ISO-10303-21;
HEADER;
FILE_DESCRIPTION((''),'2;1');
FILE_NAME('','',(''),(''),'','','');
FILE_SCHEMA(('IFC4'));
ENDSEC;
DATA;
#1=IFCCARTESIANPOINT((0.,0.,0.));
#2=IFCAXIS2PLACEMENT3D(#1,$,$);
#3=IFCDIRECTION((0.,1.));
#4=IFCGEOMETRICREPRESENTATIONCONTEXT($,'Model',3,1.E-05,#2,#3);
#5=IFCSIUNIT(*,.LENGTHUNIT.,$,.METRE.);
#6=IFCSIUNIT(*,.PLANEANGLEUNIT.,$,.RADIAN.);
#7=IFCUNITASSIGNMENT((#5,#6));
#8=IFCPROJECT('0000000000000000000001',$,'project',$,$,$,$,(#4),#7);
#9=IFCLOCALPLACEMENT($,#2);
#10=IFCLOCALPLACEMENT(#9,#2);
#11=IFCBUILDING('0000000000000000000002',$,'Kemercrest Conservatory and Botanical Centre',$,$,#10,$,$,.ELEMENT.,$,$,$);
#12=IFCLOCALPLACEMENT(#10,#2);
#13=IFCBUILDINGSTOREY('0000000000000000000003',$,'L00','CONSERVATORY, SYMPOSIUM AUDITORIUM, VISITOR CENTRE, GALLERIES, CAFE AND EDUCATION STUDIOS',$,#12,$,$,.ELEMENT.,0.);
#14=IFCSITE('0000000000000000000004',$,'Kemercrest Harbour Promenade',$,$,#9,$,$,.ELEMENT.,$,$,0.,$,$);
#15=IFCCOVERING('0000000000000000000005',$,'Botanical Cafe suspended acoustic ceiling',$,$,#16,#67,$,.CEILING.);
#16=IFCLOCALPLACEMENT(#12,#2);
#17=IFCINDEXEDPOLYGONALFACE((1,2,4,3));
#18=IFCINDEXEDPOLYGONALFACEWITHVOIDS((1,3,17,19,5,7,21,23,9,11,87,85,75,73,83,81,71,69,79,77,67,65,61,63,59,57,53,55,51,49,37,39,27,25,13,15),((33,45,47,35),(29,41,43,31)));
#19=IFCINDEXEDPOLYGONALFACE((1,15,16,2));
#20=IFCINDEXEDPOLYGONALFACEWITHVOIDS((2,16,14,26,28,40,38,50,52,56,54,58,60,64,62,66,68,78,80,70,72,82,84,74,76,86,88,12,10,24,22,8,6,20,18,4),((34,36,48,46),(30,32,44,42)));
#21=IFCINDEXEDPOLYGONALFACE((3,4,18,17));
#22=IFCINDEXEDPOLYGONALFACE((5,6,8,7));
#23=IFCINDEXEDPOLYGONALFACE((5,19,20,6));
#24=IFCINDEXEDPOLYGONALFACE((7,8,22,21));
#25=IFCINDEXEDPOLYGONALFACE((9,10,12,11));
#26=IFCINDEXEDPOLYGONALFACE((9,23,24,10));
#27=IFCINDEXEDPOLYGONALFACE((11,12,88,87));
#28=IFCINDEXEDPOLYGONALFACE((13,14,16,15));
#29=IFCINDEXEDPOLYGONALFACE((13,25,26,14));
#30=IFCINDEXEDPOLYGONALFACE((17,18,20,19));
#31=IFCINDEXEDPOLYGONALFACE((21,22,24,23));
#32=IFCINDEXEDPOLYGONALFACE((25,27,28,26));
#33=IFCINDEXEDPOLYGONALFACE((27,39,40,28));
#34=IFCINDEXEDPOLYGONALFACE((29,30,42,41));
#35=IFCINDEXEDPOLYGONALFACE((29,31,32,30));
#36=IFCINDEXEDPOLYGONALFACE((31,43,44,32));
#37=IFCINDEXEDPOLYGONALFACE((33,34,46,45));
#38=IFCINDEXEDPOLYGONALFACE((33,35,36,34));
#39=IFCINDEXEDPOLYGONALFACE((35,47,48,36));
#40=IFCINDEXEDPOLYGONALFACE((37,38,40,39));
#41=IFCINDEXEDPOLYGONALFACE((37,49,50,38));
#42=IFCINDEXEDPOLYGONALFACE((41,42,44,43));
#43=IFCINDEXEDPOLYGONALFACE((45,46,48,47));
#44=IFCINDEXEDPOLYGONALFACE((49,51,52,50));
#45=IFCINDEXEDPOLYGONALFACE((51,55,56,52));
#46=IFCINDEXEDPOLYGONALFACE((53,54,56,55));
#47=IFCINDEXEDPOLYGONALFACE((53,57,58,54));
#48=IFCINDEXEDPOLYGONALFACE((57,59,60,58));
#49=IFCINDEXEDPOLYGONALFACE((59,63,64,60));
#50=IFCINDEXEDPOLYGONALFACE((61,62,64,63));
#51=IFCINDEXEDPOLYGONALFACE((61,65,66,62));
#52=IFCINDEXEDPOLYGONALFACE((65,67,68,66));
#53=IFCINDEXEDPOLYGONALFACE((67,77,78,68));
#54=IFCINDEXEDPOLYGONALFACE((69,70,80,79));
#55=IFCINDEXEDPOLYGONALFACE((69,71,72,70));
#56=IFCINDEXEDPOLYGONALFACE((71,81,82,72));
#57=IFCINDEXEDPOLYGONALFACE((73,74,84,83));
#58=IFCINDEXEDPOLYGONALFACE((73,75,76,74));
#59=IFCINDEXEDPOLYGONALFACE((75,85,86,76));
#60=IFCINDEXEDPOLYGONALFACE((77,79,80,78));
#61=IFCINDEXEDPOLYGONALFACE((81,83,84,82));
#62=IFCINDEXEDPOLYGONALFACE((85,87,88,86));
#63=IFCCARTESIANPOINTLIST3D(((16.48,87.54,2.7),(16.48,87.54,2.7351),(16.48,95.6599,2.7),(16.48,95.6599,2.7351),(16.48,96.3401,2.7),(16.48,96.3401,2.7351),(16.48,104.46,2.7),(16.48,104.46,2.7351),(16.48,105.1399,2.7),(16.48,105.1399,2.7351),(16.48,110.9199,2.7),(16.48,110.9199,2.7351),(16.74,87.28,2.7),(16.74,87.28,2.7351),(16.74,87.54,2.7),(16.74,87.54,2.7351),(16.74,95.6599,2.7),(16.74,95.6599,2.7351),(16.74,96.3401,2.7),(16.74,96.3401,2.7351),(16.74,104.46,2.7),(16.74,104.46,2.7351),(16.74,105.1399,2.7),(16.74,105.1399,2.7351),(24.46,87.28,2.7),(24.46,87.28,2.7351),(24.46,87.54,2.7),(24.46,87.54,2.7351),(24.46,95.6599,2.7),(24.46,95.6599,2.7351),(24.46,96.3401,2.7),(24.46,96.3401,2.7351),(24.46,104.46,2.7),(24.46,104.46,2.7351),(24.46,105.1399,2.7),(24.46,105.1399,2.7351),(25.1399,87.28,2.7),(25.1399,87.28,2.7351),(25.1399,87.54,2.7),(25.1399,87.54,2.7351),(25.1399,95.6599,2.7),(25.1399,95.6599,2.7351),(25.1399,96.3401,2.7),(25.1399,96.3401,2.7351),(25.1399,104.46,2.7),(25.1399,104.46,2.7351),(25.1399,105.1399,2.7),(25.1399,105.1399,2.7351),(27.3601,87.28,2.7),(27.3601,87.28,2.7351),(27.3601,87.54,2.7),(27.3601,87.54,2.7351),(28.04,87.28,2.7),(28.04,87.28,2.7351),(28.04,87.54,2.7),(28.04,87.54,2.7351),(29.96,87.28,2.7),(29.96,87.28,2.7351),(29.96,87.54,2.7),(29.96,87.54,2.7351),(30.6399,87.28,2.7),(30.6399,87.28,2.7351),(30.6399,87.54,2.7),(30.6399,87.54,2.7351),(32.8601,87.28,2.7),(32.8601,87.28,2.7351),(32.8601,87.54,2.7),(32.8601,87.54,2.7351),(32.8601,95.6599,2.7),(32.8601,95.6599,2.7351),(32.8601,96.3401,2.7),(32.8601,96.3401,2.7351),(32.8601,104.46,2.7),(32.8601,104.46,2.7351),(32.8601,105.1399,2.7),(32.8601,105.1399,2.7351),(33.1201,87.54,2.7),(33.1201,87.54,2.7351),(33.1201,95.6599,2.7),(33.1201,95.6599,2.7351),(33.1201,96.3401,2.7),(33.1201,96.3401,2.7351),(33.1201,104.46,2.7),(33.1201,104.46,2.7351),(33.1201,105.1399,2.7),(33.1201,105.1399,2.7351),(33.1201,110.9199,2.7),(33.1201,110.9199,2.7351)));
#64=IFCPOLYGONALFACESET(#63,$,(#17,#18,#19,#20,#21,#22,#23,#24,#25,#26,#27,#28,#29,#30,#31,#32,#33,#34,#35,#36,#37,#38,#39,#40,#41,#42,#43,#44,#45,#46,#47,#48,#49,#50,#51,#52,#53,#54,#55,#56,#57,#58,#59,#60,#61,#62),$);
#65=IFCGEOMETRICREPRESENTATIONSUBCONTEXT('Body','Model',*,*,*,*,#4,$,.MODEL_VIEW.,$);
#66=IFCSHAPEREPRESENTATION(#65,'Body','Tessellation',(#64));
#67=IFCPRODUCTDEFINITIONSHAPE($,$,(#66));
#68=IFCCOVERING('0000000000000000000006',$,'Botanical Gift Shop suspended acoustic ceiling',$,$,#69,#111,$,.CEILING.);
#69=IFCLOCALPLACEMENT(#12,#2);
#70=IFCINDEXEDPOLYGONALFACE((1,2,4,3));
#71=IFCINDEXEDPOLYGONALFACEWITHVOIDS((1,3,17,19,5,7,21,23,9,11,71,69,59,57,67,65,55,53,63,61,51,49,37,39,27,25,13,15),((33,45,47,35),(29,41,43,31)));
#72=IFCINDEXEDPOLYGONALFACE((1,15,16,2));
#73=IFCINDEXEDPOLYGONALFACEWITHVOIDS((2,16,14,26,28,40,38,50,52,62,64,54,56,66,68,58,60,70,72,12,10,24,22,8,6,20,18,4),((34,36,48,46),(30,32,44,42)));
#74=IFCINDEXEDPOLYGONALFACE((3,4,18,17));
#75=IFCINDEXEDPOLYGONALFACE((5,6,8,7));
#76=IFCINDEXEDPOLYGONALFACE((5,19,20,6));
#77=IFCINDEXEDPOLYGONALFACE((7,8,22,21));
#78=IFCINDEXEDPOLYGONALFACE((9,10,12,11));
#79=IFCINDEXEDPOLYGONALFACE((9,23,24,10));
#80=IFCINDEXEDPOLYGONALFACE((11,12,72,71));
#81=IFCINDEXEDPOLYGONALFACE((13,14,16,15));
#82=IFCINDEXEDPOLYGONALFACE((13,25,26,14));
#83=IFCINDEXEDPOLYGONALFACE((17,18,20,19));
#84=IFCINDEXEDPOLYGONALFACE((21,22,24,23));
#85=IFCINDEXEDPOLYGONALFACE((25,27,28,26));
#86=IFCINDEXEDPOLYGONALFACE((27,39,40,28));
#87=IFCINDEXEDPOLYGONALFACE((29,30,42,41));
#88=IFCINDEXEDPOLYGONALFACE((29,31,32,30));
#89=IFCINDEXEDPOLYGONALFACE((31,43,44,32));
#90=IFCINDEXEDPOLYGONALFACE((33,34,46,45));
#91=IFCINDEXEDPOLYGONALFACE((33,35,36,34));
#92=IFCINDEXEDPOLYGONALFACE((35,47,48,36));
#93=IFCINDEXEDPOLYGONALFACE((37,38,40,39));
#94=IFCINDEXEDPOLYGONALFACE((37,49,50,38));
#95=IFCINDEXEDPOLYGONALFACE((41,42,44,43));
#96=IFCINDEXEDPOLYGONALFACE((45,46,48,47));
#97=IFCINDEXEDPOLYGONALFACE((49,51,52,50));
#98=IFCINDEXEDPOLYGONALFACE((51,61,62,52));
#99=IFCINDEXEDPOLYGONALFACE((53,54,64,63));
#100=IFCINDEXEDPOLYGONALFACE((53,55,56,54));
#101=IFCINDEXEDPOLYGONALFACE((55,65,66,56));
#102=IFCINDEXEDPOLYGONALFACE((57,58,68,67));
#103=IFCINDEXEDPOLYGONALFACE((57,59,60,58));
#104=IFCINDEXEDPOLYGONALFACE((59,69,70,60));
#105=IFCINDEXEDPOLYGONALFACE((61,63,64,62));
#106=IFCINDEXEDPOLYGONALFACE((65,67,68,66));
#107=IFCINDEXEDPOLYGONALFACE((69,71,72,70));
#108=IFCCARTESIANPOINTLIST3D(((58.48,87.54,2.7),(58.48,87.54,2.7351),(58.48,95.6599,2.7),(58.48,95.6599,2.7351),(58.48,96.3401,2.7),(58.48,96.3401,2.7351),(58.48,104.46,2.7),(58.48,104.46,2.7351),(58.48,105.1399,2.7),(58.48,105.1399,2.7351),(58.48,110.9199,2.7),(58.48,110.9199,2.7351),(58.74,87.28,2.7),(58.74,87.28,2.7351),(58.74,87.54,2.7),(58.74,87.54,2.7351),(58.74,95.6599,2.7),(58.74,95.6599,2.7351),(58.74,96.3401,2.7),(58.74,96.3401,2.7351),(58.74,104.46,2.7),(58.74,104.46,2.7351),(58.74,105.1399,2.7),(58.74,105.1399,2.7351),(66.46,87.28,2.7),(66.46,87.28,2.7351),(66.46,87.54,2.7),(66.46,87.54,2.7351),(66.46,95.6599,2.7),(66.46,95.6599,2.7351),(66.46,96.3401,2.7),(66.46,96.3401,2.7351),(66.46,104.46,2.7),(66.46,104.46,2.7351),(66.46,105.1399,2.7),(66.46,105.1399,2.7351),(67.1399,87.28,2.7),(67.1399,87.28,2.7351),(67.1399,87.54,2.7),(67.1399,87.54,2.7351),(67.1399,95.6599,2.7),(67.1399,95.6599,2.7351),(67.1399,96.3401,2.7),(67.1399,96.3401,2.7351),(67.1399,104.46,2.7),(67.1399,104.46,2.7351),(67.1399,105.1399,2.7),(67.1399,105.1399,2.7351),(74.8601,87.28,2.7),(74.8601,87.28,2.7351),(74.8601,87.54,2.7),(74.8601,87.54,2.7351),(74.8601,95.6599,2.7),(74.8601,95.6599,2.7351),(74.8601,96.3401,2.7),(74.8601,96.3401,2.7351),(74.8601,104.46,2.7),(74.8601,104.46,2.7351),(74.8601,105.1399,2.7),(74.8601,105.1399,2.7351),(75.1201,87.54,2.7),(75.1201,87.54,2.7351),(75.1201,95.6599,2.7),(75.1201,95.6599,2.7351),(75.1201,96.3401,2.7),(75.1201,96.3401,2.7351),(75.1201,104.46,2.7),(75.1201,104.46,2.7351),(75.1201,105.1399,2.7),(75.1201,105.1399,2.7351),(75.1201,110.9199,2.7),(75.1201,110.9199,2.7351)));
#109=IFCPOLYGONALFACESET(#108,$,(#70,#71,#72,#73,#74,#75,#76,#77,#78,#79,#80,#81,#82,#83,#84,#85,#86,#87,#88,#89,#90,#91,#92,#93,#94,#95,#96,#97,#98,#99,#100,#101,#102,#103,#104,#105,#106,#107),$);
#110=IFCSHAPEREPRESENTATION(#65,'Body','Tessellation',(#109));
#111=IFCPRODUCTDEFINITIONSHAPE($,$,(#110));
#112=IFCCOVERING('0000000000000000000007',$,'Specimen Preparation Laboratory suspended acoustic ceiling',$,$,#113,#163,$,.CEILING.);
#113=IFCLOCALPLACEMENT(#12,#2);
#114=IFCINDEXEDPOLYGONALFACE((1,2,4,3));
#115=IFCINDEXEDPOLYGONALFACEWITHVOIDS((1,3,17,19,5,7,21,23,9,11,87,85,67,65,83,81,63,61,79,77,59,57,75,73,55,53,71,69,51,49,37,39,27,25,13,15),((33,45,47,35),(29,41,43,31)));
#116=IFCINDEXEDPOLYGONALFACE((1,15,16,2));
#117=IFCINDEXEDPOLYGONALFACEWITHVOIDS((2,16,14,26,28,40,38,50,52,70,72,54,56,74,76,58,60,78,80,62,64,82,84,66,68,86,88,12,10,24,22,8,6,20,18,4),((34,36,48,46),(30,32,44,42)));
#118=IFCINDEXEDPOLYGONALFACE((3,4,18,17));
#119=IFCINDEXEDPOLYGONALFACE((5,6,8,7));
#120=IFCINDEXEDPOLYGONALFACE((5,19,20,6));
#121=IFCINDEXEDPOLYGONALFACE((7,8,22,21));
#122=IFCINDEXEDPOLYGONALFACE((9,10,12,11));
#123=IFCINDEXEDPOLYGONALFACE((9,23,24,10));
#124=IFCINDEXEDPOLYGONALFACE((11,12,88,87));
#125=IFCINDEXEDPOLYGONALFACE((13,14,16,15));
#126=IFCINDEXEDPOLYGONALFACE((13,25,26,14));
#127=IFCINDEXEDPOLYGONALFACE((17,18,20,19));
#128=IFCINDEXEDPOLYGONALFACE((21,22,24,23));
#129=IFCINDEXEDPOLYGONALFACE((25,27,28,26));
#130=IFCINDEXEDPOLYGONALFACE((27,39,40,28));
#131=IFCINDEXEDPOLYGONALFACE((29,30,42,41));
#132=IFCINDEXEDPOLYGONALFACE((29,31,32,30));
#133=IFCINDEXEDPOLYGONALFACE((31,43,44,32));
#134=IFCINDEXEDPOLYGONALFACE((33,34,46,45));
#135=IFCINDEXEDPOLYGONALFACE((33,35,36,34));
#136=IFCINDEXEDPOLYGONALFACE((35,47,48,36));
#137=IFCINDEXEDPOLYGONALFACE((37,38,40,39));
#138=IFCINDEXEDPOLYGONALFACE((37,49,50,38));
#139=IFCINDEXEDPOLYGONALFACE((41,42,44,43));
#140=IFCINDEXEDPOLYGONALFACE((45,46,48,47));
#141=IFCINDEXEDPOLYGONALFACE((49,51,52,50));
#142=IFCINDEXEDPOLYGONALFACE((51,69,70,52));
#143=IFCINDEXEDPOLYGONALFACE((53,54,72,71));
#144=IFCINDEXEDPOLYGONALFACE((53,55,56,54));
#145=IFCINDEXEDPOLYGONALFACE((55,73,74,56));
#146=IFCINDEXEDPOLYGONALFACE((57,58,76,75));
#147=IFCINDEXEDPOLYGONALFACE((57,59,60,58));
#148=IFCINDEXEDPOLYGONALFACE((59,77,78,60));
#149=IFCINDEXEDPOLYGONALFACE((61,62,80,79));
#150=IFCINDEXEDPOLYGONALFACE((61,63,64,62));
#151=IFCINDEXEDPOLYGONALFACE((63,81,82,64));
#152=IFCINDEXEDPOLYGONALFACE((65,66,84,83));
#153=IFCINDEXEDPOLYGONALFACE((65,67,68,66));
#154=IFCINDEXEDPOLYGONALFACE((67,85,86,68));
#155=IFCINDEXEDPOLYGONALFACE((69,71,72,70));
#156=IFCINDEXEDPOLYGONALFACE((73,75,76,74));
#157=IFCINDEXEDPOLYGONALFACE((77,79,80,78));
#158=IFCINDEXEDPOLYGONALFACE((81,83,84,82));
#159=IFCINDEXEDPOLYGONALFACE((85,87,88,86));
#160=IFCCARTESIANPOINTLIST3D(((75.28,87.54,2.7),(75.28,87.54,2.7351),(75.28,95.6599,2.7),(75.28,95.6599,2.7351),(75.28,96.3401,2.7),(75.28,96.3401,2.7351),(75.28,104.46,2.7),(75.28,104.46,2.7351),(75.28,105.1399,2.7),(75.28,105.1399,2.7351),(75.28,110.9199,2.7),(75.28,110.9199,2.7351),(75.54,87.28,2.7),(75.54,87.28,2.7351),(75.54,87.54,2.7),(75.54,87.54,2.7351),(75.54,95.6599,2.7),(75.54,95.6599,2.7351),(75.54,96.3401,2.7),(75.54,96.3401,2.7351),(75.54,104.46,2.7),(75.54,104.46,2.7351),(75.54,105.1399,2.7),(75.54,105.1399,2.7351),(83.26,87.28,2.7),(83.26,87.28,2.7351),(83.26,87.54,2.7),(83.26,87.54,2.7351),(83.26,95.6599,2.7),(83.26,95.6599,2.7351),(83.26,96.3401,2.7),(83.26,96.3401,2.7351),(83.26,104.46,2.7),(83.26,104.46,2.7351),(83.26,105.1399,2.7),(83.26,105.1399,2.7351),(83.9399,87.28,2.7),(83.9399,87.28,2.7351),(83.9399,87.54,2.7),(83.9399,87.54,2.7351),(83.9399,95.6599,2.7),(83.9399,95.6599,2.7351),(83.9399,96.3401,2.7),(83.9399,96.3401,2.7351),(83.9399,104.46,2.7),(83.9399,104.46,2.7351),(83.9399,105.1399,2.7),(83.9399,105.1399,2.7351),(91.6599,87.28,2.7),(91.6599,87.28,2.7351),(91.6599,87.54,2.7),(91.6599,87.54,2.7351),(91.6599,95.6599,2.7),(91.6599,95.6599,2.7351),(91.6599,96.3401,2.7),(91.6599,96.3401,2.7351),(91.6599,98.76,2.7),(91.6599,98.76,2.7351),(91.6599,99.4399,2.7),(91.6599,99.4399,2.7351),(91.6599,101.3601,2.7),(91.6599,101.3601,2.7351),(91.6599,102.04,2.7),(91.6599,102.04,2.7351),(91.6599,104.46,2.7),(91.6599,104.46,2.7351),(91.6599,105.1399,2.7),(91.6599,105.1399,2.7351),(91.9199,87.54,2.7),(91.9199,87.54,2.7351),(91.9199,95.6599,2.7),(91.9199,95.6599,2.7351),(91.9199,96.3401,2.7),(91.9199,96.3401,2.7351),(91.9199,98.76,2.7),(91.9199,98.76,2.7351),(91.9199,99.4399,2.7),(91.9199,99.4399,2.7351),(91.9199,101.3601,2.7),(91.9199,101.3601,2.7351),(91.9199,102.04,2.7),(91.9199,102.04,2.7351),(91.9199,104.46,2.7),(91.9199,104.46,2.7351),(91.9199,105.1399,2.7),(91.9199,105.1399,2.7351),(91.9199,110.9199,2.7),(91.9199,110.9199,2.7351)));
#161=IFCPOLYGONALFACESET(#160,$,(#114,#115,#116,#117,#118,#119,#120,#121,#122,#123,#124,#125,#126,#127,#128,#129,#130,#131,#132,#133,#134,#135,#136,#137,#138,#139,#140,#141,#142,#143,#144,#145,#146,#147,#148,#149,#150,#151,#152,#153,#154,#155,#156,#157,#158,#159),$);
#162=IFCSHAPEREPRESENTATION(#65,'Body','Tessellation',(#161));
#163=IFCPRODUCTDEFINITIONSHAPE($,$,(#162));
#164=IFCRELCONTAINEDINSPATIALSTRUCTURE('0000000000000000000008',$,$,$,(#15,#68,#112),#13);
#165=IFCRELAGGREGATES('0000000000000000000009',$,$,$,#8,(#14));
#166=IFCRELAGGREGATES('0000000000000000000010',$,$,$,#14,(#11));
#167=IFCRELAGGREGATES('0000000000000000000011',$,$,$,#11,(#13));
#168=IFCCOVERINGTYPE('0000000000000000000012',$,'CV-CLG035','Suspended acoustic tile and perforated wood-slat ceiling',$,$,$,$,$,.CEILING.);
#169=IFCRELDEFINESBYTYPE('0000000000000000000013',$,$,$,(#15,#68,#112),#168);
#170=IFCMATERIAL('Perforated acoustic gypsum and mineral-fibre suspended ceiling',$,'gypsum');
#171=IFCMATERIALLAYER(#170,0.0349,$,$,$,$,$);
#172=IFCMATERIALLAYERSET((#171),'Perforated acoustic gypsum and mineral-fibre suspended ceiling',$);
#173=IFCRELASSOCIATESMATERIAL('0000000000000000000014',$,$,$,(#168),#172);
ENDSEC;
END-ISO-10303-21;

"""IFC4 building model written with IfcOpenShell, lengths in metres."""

from ifc_helpers import new_model, si_unit, direction, frame, origin, place, context, subcontext, project, spatial, polyline, outline, extrude, material, layer, layer_set, type_object, element, save


model = new_model("IFC4")

# Units and contexts
model_context = context("Model", 3, precision=1e-05, world=origin(), true_north=direction((0.0, 1.0)))
body_context = subcontext(model_context, "Body", "Model", "MODEL_VIEW")
ifc_project = project(units=[si_unit("LENGTHUNIT", "METRE"), si_unit("PLANEANGLEUNIT", "RADIAN")], contexts=[model_context])

# Site, building, storey
site_placement = place(None, origin())
site = spatial("IfcSite", under=ifc_project, at=site_placement, Name="Kemercrest Harbour Promenade", CompositionType="ELEMENT", RefElevation=0.0)
building_placement = place(site_placement, origin())
building = spatial("IfcBuilding", under=site, at=building_placement, Name="Kemercrest Conservatory and Botanical Centre", CompositionType="ELEMENT")
storey_placement = place(building_placement, origin())
storey = spatial("IfcBuildingStorey", under=building, at=storey_placement, Name="L00", Description="CONSERVATORY, SYMPOSIUM AUDITORIUM, VISITOR CENTRE, GALLERIES, CAFE AND EDUCATION STUDIOS", CompositionType="ELEMENT", Elevation=0.0)

# Coverings
ifc_material = material(Name="Perforated acoustic gypsum and mineral-fibre suspended ceiling", Category="gypsum")
ifc_layer = layer(ifc_material, 0.0349)
ifc_layer_set = layer_set([ifc_layer], Name="Perforated acoustic gypsum and mineral-fibre suspended ceiling")
covering_type = type_object("IfcCoveringType", Name="CV-CLG035", Description="Suspended acoustic tile and perforated wood-slat ceiling", PredefinedType="CEILING", material=ifc_layer_set)
covering_1_placement = place(storey_placement, frame((0.0, 0.0, 2.7)))
element("IfcCovering", 1, at=covering_1_placement, inside=storey, type_object=covering_type, Name="Botanical Cafe suspended acoustic ceiling", PredefinedType="CEILING", context=body_context, shape_type="SweptSolid", body=[
    extrude(outline(polyline([(29.96, 87.54), (30.6399, 87.54), (30.6399, 87.28), (32.8601, 87.28), (32.8601, 87.54), (33.1201, 87.54), (33.1201, 95.6599), (32.8601, 95.6599), (32.8601, 96.3401), (33.1201, 96.3401), (33.1201, 104.46), (32.8601, 104.46), (32.8601, 105.1399), (33.1201, 105.1399), (33.1201, 110.9199), (16.48, 110.9199), (16.48, 105.1399), (16.74, 105.1399), (16.74, 104.46), (16.48, 104.46), (16.48, 96.3401), (16.74, 96.3401), (16.74, 95.6599), (16.48, 95.6599), (16.48, 87.54), (16.74, 87.54), (16.74, 87.28), (24.46, 87.28), (24.46, 87.54), (25.1399, 87.54), (25.1399, 87.28), (27.3601, 87.28), (27.3601, 87.54), (28.04, 87.54), (28.04, 87.28), (29.96, 87.28), (29.96, 87.54)]), holes=[polyline([(24.46, 95.6599), (24.46, 96.3401), (25.1399, 96.3401), (25.1399, 95.6599), (24.46, 95.6599)]), polyline([(24.46, 104.46), (24.46, 105.1399), (25.1399, 105.1399), (25.1399, 104.46), (24.46, 104.46)])]), origin(), (0.0, 0.0, 1.0), 0.0352),
])
covering_2_placement = place(storey_placement, frame((0.0, 0.0, 2.7)))
element("IfcCovering", 2, at=covering_2_placement, inside=storey, type_object=covering_type, Name="Botanical Gift Shop suspended acoustic ceiling", PredefinedType="CEILING", context=body_context, shape_type="SweptSolid", body=[
    extrude(outline(polyline([(66.46, 87.54), (67.1399, 87.54), (67.1399, 87.28), (74.8601, 87.28), (74.8601, 87.54), (75.1201, 87.54), (75.1201, 95.6599), (74.8601, 95.6599), (74.8601, 96.3401), (75.1201, 96.3401), (75.1201, 104.46), (74.8601, 104.46), (74.8601, 105.1399), (75.1201, 105.1399), (75.1201, 110.9199), (58.48, 110.9199), (58.48, 105.1399), (58.74, 105.1399), (58.74, 104.46), (58.48, 104.46), (58.48, 96.3401), (58.74, 96.3401), (58.74, 95.6599), (58.48, 95.6599), (58.48, 87.54), (58.74, 87.54), (58.74, 87.28), (66.46, 87.28), (66.46, 87.54)]), holes=[polyline([(66.46, 95.6599), (66.46, 96.3401), (67.1399, 96.3401), (67.1399, 95.6599), (66.46, 95.6599)]), polyline([(66.46, 104.46), (66.46, 105.1399), (67.1399, 105.1399), (67.1399, 104.46), (66.46, 104.46)])]), origin(), (0.0, 0.0, 1.0), 0.0352),
])
covering_3_placement = place(storey_placement, frame((0.0, 0.0, 2.7)))
element("IfcCovering", 3, at=covering_3_placement, inside=storey, type_object=covering_type, Name="Specimen Preparation Laboratory suspended acoustic ceiling", PredefinedType="CEILING", context=body_context, shape_type="SweptSolid", body=[
    extrude(outline(polyline([(83.26, 87.54), (83.9399, 87.54), (83.9399, 87.28), (91.6599, 87.28), (91.6599, 87.54), (91.9199, 87.54), (91.9199, 95.6599), (91.6599, 95.6599), (91.6599, 96.3401), (91.9199, 96.3401), (91.9199, 98.76), (91.6599, 98.76), (91.6599, 99.4399), (91.9199, 99.4399), (91.9199, 101.3601), (91.6599, 101.3601), (91.6599, 102.04), (91.9199, 102.04), (91.9199, 104.46), (91.6599, 104.46), (91.6599, 105.1399), (91.9199, 105.1399), (91.9199, 110.9199), (75.28, 110.9199), (75.28, 105.1399), (75.54, 105.1399), (75.54, 104.46), (75.28, 104.46), (75.28, 96.3401), (75.54, 96.3401), (75.54, 95.6599), (75.28, 95.6599), (75.28, 87.54), (75.54, 87.54), (75.54, 87.28), (83.26, 87.28), (83.26, 87.54)]), holes=[polyline([(83.26, 95.6599), (83.26, 96.3401), (83.9399, 96.3401), (83.9399, 95.6599), (83.26, 95.6599)]), polyline([(83.26, 104.46), (83.26, 105.1399), (83.9399, 105.1399), (83.9399, 104.46), (83.26, 104.46)])]), origin(), (0.0, 0.0, 1.0), 0.0352),
])

save(model, "model.ifc")
